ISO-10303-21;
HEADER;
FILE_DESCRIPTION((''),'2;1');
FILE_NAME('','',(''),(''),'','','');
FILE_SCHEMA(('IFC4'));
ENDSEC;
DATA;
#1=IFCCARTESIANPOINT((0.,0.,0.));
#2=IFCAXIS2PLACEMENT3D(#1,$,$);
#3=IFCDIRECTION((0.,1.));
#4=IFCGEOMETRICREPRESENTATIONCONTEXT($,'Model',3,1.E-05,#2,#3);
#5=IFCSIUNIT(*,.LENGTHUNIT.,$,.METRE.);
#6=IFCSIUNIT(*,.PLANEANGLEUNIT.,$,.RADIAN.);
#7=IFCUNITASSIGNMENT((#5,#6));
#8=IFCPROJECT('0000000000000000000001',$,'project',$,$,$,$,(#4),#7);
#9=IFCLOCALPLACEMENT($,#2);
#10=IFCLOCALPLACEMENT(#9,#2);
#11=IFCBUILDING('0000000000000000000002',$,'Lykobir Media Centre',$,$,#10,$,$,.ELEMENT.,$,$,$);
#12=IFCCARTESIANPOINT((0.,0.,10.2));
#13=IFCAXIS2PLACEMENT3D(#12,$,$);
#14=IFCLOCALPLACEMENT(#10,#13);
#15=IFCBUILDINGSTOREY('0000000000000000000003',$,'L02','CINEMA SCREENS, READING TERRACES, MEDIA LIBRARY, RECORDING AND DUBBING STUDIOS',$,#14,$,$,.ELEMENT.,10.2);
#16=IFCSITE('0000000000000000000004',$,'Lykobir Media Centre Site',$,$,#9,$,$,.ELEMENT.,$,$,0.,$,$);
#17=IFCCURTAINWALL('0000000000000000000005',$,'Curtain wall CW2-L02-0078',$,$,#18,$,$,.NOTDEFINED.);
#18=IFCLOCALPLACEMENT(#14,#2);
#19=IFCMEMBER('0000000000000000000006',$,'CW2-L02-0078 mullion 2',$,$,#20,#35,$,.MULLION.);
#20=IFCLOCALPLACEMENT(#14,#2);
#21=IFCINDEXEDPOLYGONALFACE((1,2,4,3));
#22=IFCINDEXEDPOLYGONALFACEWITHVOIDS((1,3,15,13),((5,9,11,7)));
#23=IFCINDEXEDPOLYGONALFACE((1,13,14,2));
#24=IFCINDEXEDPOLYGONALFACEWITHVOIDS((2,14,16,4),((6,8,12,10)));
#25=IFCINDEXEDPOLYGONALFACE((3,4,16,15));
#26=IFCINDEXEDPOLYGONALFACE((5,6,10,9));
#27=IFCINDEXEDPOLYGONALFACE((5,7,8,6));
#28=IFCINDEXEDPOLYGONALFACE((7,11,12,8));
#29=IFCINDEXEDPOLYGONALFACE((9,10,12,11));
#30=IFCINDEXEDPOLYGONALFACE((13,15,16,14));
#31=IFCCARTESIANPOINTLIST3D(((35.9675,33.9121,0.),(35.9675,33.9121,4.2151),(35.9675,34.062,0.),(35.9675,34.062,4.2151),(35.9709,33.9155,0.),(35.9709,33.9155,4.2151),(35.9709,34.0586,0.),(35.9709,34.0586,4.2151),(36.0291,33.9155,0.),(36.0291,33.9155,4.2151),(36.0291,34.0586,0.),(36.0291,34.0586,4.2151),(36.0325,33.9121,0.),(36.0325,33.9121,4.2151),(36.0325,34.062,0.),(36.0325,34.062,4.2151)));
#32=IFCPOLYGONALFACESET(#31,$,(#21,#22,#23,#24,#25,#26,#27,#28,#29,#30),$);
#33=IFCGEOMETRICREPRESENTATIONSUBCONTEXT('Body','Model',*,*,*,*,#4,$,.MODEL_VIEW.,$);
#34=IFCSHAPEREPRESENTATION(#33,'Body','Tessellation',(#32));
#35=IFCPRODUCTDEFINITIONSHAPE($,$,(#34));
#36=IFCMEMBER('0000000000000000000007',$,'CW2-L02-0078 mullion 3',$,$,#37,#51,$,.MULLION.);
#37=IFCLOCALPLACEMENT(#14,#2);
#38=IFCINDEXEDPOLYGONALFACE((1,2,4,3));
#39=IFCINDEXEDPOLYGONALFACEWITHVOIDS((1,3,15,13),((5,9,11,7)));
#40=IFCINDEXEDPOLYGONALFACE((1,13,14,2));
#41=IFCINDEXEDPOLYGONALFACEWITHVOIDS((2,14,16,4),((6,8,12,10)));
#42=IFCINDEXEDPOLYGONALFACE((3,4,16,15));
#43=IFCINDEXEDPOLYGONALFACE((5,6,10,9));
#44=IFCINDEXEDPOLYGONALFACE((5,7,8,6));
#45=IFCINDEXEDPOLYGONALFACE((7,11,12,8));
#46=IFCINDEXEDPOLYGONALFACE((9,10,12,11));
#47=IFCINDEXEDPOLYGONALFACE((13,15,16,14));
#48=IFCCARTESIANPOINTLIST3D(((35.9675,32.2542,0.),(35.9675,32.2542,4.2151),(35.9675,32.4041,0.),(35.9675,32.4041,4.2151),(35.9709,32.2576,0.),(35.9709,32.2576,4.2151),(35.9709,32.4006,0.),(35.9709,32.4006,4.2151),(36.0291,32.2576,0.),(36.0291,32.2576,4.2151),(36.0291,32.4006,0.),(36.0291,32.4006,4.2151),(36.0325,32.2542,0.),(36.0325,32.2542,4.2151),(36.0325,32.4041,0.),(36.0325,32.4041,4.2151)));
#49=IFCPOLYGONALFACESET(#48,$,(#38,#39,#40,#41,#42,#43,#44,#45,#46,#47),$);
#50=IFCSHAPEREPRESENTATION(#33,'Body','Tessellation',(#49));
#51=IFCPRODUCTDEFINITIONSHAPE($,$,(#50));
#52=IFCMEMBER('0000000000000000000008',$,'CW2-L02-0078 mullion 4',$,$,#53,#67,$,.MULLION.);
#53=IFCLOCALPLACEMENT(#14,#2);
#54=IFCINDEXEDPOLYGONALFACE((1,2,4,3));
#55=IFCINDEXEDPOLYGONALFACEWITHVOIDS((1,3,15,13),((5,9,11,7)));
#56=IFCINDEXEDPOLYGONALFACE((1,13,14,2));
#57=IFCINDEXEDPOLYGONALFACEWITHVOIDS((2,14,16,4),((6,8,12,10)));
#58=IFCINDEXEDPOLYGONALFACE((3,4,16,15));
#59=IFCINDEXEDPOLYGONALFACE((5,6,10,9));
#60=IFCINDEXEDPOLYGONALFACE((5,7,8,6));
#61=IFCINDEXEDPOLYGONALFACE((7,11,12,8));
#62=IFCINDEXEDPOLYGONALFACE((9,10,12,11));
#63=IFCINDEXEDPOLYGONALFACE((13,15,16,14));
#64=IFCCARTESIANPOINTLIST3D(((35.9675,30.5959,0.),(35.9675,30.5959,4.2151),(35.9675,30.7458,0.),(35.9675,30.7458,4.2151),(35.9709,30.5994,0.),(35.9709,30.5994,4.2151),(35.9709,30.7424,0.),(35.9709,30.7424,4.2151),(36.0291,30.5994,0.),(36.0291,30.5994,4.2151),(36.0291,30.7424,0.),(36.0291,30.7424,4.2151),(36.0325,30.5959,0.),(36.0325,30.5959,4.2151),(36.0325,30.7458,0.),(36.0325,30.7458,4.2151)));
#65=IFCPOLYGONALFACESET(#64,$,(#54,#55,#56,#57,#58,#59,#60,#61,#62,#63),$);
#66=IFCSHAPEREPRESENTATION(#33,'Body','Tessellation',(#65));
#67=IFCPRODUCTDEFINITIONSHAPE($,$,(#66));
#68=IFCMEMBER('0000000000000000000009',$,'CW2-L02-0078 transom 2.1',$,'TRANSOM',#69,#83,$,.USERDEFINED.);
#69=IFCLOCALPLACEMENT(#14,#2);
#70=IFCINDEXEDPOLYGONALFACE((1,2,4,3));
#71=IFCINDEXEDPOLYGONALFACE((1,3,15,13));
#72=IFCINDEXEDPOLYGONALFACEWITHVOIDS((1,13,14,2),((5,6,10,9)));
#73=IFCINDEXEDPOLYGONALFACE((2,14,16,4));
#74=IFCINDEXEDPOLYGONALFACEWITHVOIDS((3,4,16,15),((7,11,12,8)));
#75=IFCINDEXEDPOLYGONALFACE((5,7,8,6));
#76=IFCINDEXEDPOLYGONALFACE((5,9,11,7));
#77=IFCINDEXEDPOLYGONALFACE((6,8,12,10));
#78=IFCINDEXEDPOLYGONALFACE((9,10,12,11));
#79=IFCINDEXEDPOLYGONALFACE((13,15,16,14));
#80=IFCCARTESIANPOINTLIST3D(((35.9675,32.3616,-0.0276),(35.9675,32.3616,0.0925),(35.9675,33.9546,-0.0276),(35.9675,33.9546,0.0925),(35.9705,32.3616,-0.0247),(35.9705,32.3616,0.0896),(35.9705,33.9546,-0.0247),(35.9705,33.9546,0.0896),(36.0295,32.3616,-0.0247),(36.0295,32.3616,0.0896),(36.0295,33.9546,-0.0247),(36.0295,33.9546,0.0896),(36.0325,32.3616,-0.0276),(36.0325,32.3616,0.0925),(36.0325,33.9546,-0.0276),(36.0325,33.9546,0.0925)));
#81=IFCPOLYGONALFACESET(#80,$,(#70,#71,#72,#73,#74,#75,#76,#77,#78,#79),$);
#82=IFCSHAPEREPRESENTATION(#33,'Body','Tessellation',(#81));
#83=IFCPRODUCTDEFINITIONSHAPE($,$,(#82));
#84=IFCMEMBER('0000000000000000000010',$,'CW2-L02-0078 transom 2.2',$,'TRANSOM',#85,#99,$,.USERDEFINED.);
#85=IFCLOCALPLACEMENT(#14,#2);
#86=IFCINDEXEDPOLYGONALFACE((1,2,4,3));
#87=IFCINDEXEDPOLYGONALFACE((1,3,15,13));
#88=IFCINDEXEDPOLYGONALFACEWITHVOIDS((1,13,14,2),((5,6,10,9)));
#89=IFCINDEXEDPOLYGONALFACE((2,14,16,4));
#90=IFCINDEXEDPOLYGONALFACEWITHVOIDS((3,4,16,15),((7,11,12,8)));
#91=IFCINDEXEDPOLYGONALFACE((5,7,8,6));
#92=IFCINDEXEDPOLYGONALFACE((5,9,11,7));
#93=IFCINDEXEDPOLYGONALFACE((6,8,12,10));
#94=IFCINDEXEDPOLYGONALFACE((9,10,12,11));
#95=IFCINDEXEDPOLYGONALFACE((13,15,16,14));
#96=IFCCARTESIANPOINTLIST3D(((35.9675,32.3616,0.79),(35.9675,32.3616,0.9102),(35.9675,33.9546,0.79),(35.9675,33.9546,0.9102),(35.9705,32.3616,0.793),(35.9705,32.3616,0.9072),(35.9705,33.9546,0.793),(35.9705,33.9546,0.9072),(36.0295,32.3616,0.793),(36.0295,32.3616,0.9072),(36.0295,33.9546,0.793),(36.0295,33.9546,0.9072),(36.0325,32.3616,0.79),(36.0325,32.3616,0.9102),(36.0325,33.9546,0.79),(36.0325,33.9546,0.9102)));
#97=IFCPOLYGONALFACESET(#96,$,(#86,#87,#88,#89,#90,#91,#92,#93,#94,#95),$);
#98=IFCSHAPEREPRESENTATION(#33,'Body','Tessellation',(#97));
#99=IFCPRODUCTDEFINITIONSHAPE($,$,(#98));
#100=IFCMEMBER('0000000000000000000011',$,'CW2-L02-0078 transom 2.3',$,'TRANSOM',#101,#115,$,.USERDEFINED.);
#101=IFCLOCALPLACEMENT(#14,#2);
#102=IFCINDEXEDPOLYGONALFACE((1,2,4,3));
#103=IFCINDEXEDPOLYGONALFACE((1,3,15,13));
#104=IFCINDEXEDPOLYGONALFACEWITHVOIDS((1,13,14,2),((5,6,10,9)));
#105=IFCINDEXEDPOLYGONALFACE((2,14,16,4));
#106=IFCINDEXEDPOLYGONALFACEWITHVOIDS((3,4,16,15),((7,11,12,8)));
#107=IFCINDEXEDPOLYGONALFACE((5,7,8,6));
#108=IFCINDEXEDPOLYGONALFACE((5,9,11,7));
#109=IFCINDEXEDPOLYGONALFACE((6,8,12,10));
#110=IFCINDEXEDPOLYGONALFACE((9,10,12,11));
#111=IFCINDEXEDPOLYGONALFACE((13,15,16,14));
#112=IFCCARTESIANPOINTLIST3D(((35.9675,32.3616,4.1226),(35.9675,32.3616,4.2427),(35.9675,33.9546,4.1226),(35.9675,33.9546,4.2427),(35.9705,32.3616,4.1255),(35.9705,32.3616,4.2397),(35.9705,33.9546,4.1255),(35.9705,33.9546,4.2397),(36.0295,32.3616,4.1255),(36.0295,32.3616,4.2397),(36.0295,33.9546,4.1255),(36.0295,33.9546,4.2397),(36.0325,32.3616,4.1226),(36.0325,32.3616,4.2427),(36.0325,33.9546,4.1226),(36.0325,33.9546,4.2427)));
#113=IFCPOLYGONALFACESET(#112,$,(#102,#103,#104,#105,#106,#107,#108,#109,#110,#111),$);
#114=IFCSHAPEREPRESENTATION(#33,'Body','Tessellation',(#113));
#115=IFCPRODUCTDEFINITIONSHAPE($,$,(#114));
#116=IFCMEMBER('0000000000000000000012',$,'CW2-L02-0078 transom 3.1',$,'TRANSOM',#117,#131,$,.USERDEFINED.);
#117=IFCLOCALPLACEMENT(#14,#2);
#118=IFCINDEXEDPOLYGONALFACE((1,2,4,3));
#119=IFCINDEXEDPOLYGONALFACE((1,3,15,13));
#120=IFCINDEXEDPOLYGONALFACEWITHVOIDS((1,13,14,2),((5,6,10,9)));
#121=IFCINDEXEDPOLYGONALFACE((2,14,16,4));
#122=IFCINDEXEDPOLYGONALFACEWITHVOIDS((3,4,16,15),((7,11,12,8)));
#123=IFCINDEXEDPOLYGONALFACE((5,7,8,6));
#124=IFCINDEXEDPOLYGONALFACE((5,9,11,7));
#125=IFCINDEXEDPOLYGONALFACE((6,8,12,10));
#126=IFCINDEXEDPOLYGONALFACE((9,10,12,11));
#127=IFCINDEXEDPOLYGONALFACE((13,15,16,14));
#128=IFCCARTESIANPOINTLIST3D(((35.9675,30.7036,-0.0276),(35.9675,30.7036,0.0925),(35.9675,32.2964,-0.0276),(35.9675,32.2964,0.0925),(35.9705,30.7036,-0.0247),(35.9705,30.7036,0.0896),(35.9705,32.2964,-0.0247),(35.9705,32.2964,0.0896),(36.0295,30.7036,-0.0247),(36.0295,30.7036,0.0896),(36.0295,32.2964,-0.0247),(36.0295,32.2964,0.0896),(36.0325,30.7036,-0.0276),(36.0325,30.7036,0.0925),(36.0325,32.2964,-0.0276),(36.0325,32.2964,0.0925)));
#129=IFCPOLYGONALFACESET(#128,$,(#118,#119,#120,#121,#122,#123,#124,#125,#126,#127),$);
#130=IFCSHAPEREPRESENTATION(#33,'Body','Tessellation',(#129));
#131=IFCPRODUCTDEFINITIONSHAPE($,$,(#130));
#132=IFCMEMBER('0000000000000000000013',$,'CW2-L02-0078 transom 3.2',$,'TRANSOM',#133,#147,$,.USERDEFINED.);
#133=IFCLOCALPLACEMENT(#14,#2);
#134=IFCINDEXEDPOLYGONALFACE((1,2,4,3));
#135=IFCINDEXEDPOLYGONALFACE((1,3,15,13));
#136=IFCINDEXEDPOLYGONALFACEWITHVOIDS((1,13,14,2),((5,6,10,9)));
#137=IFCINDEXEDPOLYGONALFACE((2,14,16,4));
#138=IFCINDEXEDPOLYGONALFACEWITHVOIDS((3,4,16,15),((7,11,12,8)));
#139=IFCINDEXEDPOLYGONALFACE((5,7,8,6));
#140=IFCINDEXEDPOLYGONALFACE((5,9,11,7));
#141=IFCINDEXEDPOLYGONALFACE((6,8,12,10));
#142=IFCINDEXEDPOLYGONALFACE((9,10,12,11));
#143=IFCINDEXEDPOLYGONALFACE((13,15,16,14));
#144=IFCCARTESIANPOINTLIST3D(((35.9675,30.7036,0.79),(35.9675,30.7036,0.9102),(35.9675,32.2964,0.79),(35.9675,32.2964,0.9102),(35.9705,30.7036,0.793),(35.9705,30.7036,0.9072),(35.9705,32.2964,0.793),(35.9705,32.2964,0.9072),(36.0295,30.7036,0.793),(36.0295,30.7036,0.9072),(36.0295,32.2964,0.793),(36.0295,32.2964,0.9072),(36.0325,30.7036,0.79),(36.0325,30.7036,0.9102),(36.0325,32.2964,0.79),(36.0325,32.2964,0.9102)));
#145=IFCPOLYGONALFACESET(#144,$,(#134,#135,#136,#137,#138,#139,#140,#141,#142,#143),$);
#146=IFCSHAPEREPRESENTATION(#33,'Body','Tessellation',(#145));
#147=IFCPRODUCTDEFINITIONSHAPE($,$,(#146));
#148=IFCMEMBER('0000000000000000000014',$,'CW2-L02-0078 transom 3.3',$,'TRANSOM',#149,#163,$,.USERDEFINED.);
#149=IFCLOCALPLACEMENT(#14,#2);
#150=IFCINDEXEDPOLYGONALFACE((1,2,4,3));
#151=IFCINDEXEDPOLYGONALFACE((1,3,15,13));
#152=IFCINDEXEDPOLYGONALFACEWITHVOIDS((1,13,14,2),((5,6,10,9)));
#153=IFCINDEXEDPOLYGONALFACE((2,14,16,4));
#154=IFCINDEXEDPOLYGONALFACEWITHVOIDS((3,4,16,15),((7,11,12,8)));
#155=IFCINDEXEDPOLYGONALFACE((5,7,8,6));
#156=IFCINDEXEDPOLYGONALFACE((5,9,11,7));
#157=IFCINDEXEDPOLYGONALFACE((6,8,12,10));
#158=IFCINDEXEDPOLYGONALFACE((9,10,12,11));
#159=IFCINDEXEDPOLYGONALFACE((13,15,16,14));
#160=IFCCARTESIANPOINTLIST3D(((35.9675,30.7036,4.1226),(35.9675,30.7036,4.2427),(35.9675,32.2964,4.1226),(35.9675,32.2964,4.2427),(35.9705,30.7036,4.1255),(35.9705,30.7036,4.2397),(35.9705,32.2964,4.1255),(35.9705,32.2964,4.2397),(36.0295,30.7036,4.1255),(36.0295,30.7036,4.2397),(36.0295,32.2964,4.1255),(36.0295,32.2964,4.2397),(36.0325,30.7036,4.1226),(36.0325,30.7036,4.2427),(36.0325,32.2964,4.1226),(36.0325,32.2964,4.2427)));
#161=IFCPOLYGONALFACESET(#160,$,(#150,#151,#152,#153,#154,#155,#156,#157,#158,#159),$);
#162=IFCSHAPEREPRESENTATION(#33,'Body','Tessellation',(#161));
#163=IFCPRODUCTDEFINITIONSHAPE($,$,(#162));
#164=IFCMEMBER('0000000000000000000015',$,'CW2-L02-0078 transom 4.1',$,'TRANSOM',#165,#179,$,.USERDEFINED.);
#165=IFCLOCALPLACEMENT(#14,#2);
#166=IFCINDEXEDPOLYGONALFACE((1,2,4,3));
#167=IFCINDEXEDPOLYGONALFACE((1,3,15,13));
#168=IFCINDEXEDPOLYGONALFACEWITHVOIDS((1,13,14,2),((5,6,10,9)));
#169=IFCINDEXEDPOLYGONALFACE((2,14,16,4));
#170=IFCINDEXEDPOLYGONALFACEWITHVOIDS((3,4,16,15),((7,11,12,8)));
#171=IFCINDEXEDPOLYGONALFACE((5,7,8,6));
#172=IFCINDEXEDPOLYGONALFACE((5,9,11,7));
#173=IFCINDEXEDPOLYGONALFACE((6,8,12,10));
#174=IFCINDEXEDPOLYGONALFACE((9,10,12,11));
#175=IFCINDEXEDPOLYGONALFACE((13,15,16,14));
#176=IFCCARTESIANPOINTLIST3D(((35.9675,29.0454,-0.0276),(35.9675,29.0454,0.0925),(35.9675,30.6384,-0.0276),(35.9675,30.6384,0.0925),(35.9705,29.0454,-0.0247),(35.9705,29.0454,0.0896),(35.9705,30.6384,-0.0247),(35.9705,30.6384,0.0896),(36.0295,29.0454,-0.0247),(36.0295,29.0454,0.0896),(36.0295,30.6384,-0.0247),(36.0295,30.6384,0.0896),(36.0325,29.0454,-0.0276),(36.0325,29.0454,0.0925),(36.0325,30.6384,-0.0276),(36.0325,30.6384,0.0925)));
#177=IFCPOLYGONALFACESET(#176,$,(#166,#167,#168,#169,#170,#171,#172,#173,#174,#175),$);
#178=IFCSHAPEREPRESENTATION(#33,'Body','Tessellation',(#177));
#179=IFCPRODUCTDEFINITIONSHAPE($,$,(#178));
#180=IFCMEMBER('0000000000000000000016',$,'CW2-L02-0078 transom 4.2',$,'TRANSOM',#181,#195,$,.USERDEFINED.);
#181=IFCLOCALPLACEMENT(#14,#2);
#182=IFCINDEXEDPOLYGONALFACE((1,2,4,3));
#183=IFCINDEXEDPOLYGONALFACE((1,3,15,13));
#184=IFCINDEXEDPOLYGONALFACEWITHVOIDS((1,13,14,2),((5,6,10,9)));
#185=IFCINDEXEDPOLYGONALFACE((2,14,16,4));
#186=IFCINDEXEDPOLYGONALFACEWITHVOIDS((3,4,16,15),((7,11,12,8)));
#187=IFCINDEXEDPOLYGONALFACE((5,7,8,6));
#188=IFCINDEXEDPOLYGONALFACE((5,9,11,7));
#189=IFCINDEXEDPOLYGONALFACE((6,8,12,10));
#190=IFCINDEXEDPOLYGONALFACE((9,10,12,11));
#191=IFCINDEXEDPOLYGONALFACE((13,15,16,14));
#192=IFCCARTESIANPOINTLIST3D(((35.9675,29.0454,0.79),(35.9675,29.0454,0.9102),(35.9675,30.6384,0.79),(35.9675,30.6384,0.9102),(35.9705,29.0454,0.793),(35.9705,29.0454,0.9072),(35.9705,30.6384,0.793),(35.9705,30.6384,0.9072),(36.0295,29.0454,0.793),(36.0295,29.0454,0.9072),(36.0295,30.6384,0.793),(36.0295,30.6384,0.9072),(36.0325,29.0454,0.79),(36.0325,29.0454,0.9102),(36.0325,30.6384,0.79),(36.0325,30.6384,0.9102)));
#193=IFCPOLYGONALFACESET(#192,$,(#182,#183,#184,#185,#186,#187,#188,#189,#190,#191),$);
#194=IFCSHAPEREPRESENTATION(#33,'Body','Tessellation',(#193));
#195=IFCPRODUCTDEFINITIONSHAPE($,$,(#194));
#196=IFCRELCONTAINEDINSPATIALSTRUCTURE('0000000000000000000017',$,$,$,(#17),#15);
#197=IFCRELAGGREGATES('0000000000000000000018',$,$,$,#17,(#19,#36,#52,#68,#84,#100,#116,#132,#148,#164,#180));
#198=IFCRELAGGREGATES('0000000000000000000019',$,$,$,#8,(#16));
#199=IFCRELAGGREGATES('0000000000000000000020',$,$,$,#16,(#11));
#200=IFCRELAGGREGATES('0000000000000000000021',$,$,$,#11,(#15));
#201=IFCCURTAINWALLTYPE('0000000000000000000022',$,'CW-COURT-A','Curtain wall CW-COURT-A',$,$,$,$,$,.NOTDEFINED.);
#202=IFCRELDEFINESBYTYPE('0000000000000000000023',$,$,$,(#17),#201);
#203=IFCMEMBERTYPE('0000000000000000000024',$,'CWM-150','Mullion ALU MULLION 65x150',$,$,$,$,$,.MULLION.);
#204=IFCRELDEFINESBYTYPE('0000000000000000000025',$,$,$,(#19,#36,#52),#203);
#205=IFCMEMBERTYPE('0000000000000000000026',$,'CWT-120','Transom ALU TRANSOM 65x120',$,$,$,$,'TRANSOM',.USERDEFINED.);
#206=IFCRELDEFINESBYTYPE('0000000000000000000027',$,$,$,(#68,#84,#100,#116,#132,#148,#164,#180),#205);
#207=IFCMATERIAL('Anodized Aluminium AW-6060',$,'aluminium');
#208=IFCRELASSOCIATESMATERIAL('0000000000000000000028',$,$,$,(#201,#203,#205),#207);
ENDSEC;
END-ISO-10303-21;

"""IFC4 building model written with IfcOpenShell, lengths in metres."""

from ifc_helpers import new_model, si_unit, direction, frame, origin, origin_2d, place, context, subcontext, project, spatial, hollow_rectangle, extrude, material, material_profile, profile_set, type_object, element, aggregate, save


model = new_model("IFC4")

# Units and contexts
model_context = context("Model", 3, precision=1e-05, world=origin(), true_north=direction((0.0, 1.0)))
body_context = subcontext(model_context, "Body", "Model", "MODEL_VIEW")
ifc_project = project(units=[si_unit("LENGTHUNIT", "METRE"), si_unit("PLANEANGLEUNIT", "RADIAN")], contexts=[model_context])

# Site, building, storey
site_placement = place(None, origin())
site = spatial("IfcSite", under=ifc_project, at=site_placement, Name="Lykobir Media Centre Site", CompositionType="ELEMENT", RefElevation=0.0)
building_placement = place(site_placement, origin())
building = spatial("IfcBuilding", under=site, at=building_placement, Name="Lykobir Media Centre", CompositionType="ELEMENT")
storey_placement = place(building_placement, frame((0.0, 0.0, 10.2)))
storey = spatial("IfcBuildingStorey", under=building, at=storey_placement, Name="L02", Description="CINEMA SCREENS, READING TERRACES, MEDIA LIBRARY, RECORDING AND DUBBING STUDIOS", CompositionType="ELEMENT", Elevation=10.2)

# Curtain wall, members
ifc_material_1 = material(Name="Anodized Aluminium AW-6060", Category="aluminium")
curtain_wall_type = type_object("IfcCurtainWallType", Name="CW-COURT-A", Description="Curtain wall CW-COURT-A", PredefinedType="NOTDEFINED", material=ifc_material_1)
curtain_wall_placement = place(storey_placement, origin())
curtain_wall = element("IfcCurtainWall", 1, at=curtain_wall_placement, inside=storey, type_object=curtain_wall_type, Name="Curtain wall CW2-L02-0078", PredefinedType="NOTDEFINED")
ifc_material_profile_1 = material_profile(ifc_material_1, hollow_rectangle(XDim=0.0649, YDim=0.1499, WallThickness=0.0034, at=origin_2d()), Name="ALU MULLION 65x150")
ifc_profile_set_1 = profile_set([ifc_material_profile_1], Name="Anodized Aluminium AW-6060")
member_type_1 = type_object("IfcMemberType", Name="CWM-150", Description="Mullion ALU MULLION 65x150", PredefinedType="MULLION", material=ifc_profile_set_1)
member_1_placement = place(storey_placement, frame((36.0, 33.9871, 0.0), z_axis=(0.0, 0.0, 1.0), x_axis=(1.0, 0.0, 0.0)))
member_1 = element("IfcMember", 2, at=member_1_placement, type_object=member_type_1, Name="CW2-L02-0078 mullion 2", PredefinedType="MULLION", context=body_context, shape_type="SweptSolid", body=[
    extrude(hollow_rectangle(XDim=0.0649, YDim=0.1499, WallThickness=0.0034, at=origin_2d()), origin(), (0.0, 0.0, 1.0), 4.2151),
])
member_2_placement = place(storey_placement, frame((36.0, 32.3291, 0.0), z_axis=(0.0, 0.0, 1.0), x_axis=(1.0, 0.0, 0.0)))
member_2 = element("IfcMember", 3, at=member_2_placement, type_object=member_type_1, Name="CW2-L02-0078 mullion 3", PredefinedType="MULLION", context=body_context, shape_type="SweptSolid", body=[
    extrude(hollow_rectangle(XDim=0.0649, YDim=0.1499, WallThickness=0.0034, at=origin_2d()), origin(), (0.0, 0.0, 1.0), 4.2151),
])
member_3_placement = place(storey_placement, frame((36.0, 30.6709, 0.0), z_axis=(0.0, 0.0, 1.0), x_axis=(1.0, 0.0, 0.0)))
member_3 = element("IfcMember", 4, at=member_3_placement, type_object=member_type_1, Name="CW2-L02-0078 mullion 4", PredefinedType="MULLION", context=body_context, shape_type="SweptSolid", body=[
    extrude(hollow_rectangle(XDim=0.0649, YDim=0.1499, WallThickness=0.0034, at=origin_2d()), origin(), (0.0, 0.0, 1.0), 4.2151),
])
ifc_material_profile_2 = material_profile(ifc_material_1, hollow_rectangle(XDim=0.0649, YDim=0.1201, WallThickness=0.0029, at=origin_2d()), Name="ALU TRANSOM 65x120")
ifc_profile_set_2 = profile_set([ifc_material_profile_2], Name="Anodized Aluminium AW-6060")
member_type_2 = type_object("IfcMemberType", Name="CWT-120", Description="Transom ALU TRANSOM 65x120", ElementType="TRANSOM", PredefinedType="USERDEFINED", material=ifc_profile_set_2)
member_4_placement = place(storey_placement, frame((36.0, 33.9546, 0.0325), z_axis=(0.0, -1.0, 0.0), x_axis=(1.0, 0.0, 0.0)))
member_4 = element("IfcMember", 5, at=member_4_placement, type_object=member_type_2, Name="CW2-L02-0078 transom 2.1", ObjectType="TRANSOM", PredefinedType="USERDEFINED", context=body_context, shape_type="SweptSolid", body=[
    extrude(hollow_rectangle(XDim=0.0649, YDim=0.1201, WallThickness=0.0029, at=origin_2d()), origin(), (0.0, 0.0, 1.0), 1.593),
])
member_5_placement = place(storey_placement, frame((36.0, 33.9546, 0.8501), z_axis=(0.0, -1.0, 0.0), x_axis=(1.0, 0.0, 0.0)))
member_5 = element("IfcMember", 6, at=member_5_placement, type_object=member_type_2, Name="CW2-L02-0078 transom 2.2", ObjectType="TRANSOM", PredefinedType="USERDEFINED", context=body_context, shape_type="SweptSolid", body=[
    extrude(hollow_rectangle(XDim=0.0649, YDim=0.1201, WallThickness=0.0029, at=origin_2d()), origin(), (0.0, 0.0, 1.0), 1.593),
])
member_6_placement = place(storey_placement, frame((36.0, 33.9546, 4.1826), z_axis=(0.0, -1.0, 0.0), x_axis=(1.0, 0.0, 0.0)))
member_6 = element("IfcMember", 7, at=member_6_placement, type_object=member_type_2, Name="CW2-L02-0078 transom 2.3", ObjectType="TRANSOM", PredefinedType="USERDEFINED", context=body_context, shape_type="SweptSolid", body=[
    extrude(hollow_rectangle(XDim=0.0649, YDim=0.1201, WallThickness=0.0029, at=origin_2d()), origin(), (0.0, 0.0, 1.0), 1.593),
])
member_7_placement = place(storey_placement, frame((36.0, 32.2964, 0.0325), z_axis=(0.0, -1.0, 0.0), x_axis=(1.0, 0.0, 0.0)))
member_7 = element("IfcMember", 8, at=member_7_placement, type_object=member_type_2, Name="CW2-L02-0078 transom 3.1", ObjectType="TRANSOM", PredefinedType="USERDEFINED", context=body_context, shape_type="SweptSolid", body=[
    extrude(hollow_rectangle(XDim=0.0649, YDim=0.1201, WallThickness=0.0029, at=origin_2d()), origin(), (0.0, 0.0, 1.0), 1.5928),
])
member_8_placement = place(storey_placement, frame((36.0, 32.2964, 0.8501), z_axis=(0.0, -1.0, 0.0), x_axis=(1.0, 0.0, 0.0)))
member_8 = element("IfcMember", 9, at=member_8_placement, type_object=member_type_2, Name="CW2-L02-0078 transom 3.2", ObjectType="TRANSOM", PredefinedType="USERDEFINED", context=body_context, shape_type="SweptSolid", body=[
    extrude(hollow_rectangle(XDim=0.0649, YDim=0.1201, WallThickness=0.0029, at=origin_2d()), origin(), (0.0, 0.0, 1.0), 1.5928),
])
member_9_placement = place(storey_placement, frame((36.0, 32.2964, 4.1826), z_axis=(0.0, -1.0, 0.0), x_axis=(1.0, 0.0, 0.0)))
member_9 = element("IfcMember", 10, at=member_9_placement, type_object=member_type_2, Name="CW2-L02-0078 transom 3.3", ObjectType="TRANSOM", PredefinedType="USERDEFINED", context=body_context, shape_type="SweptSolid", body=[
    extrude(hollow_rectangle(XDim=0.0649, YDim=0.1201, WallThickness=0.0029, at=origin_2d()), origin(), (0.0, 0.0, 1.0), 1.5928),
])
member_10_placement = place(storey_placement, frame((36.0, 30.6384, 0.0325), z_axis=(0.0, -1.0, 0.0), x_axis=(1.0, 0.0, 0.0)))
member_10 = element("IfcMember", 11, at=member_10_placement, type_object=member_type_2, Name="CW2-L02-0078 transom 4.1", ObjectType="TRANSOM", PredefinedType="USERDEFINED", context=body_context, shape_type="SweptSolid", body=[
    extrude(hollow_rectangle(XDim=0.0649, YDim=0.1201, WallThickness=0.0029, at=origin_2d()), origin(), (0.0, 0.0, 1.0), 1.593),
])
member_11_placement = place(storey_placement, frame((36.0, 30.6384, 0.8501), z_axis=(0.0, -1.0, 0.0), x_axis=(1.0, 0.0, 0.0)))
member_11 = element("IfcMember", 12, at=member_11_placement, type_object=member_type_2, Name="CW2-L02-0078 transom 4.2", ObjectType="TRANSOM", PredefinedType="USERDEFINED", context=body_context, shape_type="SweptSolid", body=[
    extrude(hollow_rectangle(XDim=0.0649, YDim=0.1201, WallThickness=0.0029, at=origin_2d()), origin(), (0.0, 0.0, 1.0), 1.593),
])

aggregate(curtain_wall, [member_1, member_2, member_3, member_4, member_5, member_6, member_7, member_8, member_9, member_10, member_11])

save(model, "model.ifc")
